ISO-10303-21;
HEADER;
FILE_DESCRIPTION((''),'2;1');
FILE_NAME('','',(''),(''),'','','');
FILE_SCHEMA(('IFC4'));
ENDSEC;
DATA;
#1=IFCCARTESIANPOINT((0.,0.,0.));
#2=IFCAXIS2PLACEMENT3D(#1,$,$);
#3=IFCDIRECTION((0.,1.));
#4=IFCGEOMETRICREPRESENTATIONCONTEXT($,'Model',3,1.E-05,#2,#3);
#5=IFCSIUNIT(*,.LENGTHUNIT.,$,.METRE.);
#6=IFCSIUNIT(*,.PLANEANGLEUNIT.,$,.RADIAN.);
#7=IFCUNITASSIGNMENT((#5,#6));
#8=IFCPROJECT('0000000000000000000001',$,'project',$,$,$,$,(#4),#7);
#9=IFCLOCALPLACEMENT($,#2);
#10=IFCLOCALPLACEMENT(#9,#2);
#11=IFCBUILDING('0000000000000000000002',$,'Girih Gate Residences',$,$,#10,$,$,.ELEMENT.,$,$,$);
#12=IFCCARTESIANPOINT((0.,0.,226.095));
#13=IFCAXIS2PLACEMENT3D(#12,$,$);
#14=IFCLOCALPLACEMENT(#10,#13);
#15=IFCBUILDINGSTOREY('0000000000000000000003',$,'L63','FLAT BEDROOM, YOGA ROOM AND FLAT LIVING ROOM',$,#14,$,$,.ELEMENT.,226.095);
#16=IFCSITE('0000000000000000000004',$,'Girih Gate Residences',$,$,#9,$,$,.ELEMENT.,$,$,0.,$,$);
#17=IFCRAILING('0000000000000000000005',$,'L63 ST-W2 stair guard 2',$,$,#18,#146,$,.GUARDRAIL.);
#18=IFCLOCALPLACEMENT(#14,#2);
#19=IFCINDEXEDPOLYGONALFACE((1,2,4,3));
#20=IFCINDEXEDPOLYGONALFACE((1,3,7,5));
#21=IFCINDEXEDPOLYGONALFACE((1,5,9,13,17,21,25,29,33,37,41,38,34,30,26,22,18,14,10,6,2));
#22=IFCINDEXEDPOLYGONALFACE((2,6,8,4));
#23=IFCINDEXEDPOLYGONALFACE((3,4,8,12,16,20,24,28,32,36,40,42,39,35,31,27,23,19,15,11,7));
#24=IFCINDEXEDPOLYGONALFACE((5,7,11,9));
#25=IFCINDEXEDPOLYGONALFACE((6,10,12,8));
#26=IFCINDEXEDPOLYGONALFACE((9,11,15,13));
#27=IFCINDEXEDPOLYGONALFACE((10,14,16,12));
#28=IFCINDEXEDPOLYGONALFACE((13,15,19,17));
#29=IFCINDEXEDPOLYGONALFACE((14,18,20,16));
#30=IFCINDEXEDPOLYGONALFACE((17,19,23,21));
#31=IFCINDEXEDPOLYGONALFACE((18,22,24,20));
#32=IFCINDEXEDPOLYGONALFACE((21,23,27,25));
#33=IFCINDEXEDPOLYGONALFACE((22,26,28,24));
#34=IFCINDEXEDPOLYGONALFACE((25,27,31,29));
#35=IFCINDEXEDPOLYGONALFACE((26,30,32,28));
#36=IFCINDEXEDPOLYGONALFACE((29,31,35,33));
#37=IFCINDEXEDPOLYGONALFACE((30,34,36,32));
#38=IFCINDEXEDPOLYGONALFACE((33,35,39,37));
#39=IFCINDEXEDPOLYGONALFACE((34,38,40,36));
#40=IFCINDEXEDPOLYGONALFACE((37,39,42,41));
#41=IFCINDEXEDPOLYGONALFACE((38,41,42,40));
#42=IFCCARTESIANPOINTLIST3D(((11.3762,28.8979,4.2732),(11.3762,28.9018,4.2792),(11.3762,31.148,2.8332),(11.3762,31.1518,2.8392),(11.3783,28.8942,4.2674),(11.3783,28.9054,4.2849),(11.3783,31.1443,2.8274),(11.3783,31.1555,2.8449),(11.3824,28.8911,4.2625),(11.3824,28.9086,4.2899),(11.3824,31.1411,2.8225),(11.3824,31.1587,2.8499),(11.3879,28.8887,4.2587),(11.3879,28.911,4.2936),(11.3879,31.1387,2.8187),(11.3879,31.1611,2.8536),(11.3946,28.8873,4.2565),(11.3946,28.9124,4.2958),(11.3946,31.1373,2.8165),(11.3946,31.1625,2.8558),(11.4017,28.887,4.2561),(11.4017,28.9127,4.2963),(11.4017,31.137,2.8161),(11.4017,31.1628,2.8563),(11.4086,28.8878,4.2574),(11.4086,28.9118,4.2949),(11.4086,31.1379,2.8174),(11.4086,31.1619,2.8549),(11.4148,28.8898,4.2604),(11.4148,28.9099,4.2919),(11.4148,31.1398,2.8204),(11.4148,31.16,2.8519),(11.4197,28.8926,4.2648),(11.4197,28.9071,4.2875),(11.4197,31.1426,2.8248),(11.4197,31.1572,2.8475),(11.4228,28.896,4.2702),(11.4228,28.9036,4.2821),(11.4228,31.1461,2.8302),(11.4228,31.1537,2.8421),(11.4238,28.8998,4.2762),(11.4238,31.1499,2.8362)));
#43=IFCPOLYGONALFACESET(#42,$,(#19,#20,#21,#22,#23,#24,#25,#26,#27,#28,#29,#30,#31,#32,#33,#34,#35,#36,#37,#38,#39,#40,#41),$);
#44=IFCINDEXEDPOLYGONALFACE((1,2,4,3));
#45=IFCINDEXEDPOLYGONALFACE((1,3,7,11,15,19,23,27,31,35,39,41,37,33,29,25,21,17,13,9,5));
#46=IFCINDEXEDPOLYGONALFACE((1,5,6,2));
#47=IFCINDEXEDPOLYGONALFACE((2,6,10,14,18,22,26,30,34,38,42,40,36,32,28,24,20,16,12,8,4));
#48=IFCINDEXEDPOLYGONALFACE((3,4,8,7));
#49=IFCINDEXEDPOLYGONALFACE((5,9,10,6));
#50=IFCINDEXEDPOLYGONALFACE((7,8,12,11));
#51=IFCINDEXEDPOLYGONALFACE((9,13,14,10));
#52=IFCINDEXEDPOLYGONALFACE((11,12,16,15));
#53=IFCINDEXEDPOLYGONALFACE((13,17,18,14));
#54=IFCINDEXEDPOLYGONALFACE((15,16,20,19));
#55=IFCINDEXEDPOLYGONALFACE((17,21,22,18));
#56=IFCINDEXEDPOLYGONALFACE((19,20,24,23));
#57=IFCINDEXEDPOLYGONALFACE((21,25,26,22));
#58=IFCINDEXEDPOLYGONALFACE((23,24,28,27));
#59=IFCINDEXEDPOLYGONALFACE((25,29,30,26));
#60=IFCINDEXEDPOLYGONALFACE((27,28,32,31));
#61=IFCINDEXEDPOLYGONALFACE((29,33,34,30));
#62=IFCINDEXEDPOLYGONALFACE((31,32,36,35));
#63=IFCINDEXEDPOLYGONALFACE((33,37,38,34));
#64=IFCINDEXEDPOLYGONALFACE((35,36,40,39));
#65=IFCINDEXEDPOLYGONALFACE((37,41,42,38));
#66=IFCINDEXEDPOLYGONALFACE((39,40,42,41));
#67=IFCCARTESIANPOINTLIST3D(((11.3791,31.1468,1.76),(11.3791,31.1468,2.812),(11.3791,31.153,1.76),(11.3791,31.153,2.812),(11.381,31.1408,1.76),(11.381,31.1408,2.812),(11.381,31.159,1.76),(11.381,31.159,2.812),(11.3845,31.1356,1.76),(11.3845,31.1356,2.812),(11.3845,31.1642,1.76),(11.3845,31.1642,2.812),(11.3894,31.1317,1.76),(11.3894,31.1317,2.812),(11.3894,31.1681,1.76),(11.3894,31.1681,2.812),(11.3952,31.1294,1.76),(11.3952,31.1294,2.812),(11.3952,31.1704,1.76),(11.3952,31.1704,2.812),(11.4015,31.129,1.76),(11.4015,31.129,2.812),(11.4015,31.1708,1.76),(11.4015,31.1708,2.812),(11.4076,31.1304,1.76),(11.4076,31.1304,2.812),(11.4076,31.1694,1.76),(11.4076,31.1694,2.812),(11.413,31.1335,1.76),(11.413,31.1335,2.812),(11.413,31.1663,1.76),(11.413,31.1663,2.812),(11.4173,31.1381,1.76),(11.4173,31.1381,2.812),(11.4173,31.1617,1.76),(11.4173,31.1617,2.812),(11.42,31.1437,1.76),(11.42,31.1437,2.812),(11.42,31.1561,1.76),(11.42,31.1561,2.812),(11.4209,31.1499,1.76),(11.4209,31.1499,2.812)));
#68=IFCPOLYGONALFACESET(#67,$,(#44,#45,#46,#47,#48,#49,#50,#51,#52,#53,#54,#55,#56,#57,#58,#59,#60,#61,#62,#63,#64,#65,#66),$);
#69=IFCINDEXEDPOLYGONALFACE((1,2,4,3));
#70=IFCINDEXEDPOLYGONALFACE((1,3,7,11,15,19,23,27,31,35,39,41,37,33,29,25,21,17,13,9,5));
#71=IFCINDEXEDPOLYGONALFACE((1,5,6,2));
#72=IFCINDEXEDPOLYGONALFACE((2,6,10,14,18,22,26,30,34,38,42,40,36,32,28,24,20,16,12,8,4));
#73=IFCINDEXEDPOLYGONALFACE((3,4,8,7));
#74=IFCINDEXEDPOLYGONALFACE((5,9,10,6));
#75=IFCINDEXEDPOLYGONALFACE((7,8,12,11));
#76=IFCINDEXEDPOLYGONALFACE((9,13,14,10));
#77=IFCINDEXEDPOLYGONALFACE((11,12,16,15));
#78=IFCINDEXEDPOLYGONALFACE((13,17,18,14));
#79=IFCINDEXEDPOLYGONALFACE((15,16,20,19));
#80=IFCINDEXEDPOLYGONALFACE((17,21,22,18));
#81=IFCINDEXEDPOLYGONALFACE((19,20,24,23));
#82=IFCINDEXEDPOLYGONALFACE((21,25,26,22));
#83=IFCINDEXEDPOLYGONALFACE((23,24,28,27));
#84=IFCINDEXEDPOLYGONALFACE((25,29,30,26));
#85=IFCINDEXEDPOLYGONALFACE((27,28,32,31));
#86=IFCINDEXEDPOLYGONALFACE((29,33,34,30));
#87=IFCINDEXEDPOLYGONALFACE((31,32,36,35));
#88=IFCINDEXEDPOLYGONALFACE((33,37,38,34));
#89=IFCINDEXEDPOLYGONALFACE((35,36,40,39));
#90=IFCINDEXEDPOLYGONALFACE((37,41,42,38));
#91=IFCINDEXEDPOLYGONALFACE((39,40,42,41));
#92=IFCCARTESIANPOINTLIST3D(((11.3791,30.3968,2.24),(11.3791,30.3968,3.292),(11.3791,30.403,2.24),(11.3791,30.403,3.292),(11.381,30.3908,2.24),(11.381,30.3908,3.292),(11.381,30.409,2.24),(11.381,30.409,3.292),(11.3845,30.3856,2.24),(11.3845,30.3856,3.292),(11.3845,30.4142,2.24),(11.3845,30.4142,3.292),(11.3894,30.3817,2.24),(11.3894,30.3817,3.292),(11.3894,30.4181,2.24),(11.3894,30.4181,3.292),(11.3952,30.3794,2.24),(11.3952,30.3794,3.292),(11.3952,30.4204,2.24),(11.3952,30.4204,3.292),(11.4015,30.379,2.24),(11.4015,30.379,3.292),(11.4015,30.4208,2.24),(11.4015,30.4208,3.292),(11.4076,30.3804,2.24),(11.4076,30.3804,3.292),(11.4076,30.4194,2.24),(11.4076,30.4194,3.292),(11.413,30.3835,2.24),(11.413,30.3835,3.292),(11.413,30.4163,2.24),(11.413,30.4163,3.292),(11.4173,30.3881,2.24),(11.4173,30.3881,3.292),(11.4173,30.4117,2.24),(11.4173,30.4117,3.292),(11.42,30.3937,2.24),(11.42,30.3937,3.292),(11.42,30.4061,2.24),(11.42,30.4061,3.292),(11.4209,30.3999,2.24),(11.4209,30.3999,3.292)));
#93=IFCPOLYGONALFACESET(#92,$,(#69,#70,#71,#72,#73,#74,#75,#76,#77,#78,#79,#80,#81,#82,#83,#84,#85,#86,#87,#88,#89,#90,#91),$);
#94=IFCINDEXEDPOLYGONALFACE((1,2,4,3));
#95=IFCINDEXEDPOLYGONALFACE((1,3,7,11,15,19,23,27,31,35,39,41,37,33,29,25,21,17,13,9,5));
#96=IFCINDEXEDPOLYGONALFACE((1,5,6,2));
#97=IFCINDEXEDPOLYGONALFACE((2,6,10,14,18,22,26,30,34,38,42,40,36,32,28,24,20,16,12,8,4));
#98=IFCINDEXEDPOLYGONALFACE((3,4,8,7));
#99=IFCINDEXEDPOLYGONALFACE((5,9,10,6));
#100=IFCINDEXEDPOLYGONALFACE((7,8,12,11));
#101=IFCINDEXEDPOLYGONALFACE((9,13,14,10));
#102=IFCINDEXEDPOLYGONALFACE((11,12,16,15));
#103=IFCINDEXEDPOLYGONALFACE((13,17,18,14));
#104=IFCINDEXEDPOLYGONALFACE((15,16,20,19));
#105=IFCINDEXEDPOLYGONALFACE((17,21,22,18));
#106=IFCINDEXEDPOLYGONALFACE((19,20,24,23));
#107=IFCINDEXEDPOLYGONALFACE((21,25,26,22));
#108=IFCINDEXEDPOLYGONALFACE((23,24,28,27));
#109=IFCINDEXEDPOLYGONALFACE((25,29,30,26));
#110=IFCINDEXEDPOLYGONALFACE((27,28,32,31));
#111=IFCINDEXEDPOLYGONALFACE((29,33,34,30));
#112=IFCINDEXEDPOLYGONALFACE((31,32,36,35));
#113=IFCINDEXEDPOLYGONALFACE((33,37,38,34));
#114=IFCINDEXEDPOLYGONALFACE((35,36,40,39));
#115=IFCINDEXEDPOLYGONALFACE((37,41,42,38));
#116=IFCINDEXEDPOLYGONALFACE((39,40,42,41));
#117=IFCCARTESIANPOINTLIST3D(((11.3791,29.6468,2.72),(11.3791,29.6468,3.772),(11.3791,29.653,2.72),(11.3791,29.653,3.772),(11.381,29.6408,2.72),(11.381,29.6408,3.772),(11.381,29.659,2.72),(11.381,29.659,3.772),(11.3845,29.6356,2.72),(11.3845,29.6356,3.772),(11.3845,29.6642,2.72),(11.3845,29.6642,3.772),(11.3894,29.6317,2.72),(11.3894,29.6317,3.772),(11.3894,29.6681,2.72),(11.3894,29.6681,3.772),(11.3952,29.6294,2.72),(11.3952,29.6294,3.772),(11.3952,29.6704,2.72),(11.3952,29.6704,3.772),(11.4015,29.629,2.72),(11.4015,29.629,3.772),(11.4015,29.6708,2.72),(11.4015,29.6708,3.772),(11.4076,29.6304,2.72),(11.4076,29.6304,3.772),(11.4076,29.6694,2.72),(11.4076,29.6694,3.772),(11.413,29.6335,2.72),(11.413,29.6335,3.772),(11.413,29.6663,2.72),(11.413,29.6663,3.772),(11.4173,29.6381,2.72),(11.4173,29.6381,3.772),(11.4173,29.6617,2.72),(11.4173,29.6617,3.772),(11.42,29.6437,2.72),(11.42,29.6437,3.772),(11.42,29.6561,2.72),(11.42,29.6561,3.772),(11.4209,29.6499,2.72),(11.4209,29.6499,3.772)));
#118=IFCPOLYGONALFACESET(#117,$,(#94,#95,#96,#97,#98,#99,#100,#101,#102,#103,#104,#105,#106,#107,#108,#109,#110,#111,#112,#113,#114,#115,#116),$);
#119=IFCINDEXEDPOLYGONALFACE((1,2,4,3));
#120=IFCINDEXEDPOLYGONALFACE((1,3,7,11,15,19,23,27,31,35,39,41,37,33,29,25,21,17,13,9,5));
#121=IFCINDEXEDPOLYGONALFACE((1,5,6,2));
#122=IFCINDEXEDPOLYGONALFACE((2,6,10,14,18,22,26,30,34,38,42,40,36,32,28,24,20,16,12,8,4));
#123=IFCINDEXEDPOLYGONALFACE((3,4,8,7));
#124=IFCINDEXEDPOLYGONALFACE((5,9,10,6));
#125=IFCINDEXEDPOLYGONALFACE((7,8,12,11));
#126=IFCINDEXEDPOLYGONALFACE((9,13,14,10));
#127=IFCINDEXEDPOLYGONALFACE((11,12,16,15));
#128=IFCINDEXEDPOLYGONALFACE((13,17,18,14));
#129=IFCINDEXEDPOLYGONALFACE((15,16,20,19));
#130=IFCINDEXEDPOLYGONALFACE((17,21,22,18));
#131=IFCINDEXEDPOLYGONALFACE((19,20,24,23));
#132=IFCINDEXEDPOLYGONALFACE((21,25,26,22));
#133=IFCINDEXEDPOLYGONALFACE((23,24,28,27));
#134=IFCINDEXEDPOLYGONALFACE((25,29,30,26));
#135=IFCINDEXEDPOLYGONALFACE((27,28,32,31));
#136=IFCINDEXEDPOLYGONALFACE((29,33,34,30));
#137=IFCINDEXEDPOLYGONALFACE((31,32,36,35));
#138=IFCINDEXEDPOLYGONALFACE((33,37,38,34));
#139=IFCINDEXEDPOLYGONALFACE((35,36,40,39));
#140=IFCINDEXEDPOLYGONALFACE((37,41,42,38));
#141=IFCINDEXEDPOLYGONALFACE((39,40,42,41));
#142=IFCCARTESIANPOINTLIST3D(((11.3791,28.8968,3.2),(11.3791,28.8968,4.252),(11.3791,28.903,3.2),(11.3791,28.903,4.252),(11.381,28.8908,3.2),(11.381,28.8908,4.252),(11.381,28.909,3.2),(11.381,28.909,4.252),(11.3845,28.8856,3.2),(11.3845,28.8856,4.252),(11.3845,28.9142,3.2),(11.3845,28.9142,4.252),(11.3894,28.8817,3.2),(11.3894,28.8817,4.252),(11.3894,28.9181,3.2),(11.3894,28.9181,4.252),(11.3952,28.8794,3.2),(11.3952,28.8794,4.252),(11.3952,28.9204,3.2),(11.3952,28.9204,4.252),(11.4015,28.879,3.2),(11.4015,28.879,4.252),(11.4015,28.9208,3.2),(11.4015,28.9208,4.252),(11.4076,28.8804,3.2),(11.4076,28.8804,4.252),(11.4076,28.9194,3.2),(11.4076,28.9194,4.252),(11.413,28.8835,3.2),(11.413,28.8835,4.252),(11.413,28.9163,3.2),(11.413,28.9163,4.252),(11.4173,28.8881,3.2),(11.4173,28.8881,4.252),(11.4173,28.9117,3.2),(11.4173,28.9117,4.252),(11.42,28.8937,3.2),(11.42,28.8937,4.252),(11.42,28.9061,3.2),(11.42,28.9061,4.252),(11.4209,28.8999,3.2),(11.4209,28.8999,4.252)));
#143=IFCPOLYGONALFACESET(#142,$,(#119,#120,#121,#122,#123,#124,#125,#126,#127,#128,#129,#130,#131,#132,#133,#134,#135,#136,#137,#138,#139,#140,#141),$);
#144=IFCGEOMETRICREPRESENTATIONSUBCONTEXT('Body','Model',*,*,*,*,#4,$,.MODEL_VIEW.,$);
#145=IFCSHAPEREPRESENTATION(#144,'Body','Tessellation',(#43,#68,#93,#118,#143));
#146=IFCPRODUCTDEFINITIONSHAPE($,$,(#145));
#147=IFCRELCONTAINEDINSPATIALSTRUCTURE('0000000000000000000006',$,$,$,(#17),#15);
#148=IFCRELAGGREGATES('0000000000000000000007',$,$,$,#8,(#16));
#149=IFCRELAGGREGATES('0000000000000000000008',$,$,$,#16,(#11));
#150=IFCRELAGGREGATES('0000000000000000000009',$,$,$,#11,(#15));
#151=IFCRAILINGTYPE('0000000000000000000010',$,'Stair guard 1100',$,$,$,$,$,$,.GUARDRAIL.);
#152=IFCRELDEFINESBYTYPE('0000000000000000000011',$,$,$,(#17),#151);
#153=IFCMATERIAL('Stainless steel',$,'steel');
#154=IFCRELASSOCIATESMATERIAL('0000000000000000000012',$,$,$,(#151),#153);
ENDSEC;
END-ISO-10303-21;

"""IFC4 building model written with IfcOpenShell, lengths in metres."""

from ifc_helpers import new_model, si_unit, direction, frame, origin, origin_2d, place, context, subcontext, project, spatial, circle, extrude, material, type_object, element, save


model = new_model("IFC4")

# Units and contexts
model_context = context("Model", 3, precision=1e-05, world=origin(), true_north=direction((0.0, 1.0)))
body_context = subcontext(model_context, "Body", "Model", "MODEL_VIEW")
ifc_project = project(units=[si_unit("LENGTHUNIT", "METRE"), si_unit("PLANEANGLEUNIT", "RADIAN")], contexts=[model_context])

# Site, building, storey
site_placement = place(None, origin())
site = spatial("IfcSite", under=ifc_project, at=site_placement, Name="Girih Gate Residences", CompositionType="ELEMENT", RefElevation=0.0)
building_placement = place(site_placement, origin())
building = spatial("IfcBuilding", under=site, at=building_placement, Name="Girih Gate Residences", CompositionType="ELEMENT")
storey_placement = place(building_placement, frame((0.0, 0.0, 226.095)))
storey = spatial("IfcBuildingStorey", under=building, at=storey_placement, Name="L63", Description="FLAT BEDROOM, YOGA ROOM AND FLAT LIVING ROOM", CompositionType="ELEMENT", Elevation=226.095)

# Shared definitions
ifc_material_1 = material(Name="Stainless steel", Category="steel")

# Railing
railing_type_1 = type_object("IfcRailingType", Name="Stair guard 1100", PredefinedType="GUARDRAIL", material=ifc_material_1)
railing_1_placement = place(storey_placement, frame((11.3999, 31.1499, 1.76)))
element("IfcRailing", 1, at=railing_1_placement, inside=storey, type_object=railing_type_1, Name="L63 ST-W2 stair guard 2", PredefinedType="GUARDRAIL", context=body_context, shape_type="SweptSolid", body=[
    extrude(circle(Radius=0.0239, at=origin_2d()), frame((0.0, 0.0, 1.0762), z_axis=(0.0, -0.842281, 0.539038), x_axis=(1.0, 0.0, 0.0)), (0.0, 0.0, 1.0), 2.6714),
    extrude(circle(Radius=0.021, at=origin_2d()), origin(), (0.0, 0.0, 1.0), 1.052),
    extrude(circle(Radius=0.021, at=origin_2d()), frame((0.0, -0.75, 0.48)), (0.0, 0.0, 1.0), 1.052),
    extrude(circle(Radius=0.021, at=origin_2d()), frame((0.0, -1.5, 0.96)), (0.0, 0.0, 1.0), 1.052),
    extrude(circle(Radius=0.021, at=origin_2d()), frame((0.0, -2.25, 1.4399)), (0.0, 0.0, 1.0), 1.052),
])

save(model, "model.ifc")
